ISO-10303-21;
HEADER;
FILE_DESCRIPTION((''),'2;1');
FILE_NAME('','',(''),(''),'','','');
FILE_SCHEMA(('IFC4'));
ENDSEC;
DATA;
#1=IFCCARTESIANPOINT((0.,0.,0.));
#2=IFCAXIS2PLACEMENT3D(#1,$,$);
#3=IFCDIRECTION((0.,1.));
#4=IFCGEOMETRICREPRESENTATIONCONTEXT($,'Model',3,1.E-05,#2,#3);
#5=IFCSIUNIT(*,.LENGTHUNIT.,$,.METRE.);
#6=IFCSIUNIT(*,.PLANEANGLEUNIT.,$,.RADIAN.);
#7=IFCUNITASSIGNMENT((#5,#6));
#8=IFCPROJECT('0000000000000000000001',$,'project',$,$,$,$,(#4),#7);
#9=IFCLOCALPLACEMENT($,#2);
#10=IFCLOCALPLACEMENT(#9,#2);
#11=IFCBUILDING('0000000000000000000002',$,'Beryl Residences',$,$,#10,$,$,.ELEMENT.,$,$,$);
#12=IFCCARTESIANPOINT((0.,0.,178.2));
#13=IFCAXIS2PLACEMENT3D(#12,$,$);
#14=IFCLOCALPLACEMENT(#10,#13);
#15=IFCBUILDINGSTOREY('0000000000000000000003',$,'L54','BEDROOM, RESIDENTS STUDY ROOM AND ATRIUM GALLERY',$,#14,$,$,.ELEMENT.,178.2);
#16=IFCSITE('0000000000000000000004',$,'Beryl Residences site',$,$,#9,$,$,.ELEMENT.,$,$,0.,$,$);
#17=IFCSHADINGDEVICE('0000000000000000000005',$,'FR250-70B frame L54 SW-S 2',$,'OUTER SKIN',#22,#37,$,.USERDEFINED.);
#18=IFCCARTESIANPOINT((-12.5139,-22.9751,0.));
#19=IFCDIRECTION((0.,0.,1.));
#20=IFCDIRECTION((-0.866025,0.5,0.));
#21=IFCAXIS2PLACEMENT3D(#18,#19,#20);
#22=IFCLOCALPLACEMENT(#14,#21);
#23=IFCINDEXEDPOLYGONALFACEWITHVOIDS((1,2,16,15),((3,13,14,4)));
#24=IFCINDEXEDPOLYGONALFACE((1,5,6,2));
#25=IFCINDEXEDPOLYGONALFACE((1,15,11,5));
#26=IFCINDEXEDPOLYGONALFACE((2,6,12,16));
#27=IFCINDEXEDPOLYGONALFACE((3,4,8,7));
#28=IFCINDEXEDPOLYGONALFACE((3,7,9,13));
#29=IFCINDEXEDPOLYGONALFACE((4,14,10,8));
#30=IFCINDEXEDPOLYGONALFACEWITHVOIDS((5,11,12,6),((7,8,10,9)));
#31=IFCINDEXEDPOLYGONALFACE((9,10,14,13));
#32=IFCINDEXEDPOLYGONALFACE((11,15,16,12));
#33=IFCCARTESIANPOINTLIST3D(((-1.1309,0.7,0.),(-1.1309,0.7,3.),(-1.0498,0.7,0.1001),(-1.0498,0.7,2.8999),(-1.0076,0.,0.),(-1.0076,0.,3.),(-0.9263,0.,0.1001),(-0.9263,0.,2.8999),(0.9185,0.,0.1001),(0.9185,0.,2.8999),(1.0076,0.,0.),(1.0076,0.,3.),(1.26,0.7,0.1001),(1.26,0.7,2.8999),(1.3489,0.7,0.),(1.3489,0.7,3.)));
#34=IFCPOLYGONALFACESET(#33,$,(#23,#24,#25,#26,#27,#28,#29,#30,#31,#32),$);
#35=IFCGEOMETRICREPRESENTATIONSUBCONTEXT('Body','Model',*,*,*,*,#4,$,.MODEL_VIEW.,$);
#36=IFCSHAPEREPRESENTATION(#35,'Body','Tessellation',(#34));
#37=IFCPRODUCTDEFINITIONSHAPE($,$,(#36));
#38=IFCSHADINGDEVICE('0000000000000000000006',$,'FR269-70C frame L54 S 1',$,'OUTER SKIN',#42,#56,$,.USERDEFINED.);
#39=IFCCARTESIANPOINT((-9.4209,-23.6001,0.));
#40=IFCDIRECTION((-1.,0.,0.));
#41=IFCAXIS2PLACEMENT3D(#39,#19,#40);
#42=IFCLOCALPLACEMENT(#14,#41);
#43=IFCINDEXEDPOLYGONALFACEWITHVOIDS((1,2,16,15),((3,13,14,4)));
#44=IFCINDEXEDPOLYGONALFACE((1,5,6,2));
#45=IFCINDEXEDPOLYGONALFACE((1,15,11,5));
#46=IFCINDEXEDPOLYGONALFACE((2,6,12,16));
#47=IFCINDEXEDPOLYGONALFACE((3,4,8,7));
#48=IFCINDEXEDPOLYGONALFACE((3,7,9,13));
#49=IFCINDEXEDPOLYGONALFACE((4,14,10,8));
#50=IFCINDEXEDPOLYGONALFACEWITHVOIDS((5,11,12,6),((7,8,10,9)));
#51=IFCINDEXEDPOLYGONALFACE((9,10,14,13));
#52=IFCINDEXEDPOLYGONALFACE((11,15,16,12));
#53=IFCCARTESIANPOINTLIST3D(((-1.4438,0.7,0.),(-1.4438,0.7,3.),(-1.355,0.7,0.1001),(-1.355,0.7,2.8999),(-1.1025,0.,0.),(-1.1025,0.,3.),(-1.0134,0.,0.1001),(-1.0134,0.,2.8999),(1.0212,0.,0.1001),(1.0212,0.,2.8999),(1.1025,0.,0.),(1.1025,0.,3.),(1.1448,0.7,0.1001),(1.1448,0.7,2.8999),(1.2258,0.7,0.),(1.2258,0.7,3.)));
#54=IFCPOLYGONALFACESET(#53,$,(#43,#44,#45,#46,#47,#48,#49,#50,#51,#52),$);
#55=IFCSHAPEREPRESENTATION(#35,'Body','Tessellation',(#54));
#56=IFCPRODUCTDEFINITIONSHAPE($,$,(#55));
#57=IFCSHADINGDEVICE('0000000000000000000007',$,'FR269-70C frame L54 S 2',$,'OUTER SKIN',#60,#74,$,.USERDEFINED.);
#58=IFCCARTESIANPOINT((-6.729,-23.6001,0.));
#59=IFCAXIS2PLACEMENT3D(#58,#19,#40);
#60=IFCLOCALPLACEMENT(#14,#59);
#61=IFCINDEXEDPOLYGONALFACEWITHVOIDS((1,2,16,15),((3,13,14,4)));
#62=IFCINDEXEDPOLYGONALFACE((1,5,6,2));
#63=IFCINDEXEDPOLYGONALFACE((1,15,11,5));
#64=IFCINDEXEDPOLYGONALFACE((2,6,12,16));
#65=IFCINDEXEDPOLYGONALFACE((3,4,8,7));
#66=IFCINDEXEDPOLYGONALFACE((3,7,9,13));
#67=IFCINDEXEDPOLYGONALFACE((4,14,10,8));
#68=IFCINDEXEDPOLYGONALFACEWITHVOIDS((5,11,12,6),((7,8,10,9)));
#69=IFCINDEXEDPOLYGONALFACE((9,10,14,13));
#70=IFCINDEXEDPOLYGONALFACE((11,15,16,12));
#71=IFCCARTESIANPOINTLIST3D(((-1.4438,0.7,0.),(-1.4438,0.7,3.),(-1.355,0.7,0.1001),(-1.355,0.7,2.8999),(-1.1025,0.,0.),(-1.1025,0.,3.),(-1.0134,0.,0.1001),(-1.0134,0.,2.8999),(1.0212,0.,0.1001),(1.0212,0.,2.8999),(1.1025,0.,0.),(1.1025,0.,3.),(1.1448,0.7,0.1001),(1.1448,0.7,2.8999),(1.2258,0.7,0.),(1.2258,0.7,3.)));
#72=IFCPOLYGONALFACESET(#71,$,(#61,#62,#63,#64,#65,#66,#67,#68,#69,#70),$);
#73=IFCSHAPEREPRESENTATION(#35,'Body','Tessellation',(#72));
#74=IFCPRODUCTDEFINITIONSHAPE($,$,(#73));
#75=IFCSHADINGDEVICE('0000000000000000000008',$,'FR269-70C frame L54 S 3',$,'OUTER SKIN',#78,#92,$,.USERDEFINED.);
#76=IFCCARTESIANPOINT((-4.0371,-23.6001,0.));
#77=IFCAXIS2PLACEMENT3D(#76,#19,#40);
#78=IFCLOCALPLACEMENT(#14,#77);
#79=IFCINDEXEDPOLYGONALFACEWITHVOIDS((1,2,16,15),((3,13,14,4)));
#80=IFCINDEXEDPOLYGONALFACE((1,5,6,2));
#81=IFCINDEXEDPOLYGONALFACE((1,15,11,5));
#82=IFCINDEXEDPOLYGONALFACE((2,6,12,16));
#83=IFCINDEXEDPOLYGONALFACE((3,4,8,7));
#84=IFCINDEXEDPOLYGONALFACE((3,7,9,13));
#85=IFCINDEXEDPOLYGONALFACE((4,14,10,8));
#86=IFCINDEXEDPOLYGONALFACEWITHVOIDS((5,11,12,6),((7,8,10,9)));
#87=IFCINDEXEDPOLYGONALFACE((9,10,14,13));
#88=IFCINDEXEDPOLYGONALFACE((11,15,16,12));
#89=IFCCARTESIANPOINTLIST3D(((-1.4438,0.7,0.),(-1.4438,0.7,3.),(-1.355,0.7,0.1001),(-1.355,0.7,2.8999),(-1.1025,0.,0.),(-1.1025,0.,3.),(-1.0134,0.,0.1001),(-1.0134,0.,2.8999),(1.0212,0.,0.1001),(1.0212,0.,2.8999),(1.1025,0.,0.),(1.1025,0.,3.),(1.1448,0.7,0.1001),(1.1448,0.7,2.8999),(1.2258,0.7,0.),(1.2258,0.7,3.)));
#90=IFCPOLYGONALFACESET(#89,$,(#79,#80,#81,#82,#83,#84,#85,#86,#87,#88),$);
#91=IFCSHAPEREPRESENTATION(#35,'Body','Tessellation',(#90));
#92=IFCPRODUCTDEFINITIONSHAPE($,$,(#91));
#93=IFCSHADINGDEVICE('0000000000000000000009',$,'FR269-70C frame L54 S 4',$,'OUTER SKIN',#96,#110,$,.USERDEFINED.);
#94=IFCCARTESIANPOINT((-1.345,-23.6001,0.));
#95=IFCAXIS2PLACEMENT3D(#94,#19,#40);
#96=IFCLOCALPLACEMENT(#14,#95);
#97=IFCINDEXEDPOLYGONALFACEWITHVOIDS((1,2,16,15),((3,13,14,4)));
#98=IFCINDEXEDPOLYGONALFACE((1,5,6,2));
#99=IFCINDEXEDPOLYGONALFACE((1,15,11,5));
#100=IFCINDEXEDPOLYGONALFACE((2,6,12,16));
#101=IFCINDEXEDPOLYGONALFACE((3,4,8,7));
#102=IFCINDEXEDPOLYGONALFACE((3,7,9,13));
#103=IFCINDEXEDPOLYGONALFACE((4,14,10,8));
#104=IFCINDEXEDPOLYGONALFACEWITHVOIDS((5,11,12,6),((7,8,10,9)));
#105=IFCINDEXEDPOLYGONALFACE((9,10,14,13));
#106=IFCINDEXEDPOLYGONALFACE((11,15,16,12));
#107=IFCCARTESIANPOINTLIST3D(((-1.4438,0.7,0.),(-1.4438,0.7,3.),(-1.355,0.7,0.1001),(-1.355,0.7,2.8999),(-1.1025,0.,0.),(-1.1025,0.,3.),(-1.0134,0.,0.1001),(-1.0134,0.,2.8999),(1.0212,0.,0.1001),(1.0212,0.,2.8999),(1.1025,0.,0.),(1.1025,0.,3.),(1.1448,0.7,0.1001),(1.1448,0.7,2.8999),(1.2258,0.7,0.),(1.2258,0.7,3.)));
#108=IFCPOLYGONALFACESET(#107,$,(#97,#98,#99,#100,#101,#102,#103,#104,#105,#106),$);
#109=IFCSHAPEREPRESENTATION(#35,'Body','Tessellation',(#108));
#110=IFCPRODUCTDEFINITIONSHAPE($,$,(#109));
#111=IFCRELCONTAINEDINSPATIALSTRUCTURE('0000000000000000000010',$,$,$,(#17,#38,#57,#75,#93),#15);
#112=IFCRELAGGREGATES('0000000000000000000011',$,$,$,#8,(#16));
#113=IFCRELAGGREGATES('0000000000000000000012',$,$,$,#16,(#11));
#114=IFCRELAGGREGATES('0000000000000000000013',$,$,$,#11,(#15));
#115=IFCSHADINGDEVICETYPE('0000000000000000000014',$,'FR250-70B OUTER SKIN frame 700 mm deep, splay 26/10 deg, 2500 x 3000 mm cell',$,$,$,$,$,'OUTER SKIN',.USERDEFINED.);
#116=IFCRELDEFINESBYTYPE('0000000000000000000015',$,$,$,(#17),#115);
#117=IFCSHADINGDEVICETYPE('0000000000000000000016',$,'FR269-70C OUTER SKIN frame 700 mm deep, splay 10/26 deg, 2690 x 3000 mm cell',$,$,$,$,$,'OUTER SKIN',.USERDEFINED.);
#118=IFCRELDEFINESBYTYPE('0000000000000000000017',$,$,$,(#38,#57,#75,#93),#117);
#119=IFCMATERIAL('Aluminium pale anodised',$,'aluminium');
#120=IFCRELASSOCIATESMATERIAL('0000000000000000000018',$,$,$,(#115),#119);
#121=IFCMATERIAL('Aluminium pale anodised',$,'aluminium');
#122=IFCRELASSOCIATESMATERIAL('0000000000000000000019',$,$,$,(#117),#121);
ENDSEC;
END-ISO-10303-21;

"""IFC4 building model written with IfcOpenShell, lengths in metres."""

from ifc_helpers import new_model, entity, si_unit, direction, frame, origin, place, context, subcontext, project, spatial, source, transform, mapped, material, type_object, type_shapes, element, save


model = new_model("IFC4")

# Units and contexts
model_context = context("Model", 3, precision=1e-05, world=origin(), true_north=direction((0.0, 1.0)))
body_context = subcontext(model_context, "Body", "Model", "MODEL_VIEW")
ifc_project = project(units=[si_unit("LENGTHUNIT", "METRE"), si_unit("PLANEANGLEUNIT", "RADIAN")], contexts=[model_context])

# Site, building, storey
site_placement = place(None, origin())
site = spatial("IfcSite", under=ifc_project, at=site_placement, Name="Beryl Residences site", CompositionType="ELEMENT", RefElevation=0.0)
building_placement = place(site_placement, origin())
building = spatial("IfcBuilding", under=site, at=building_placement, Name="Beryl Residences", CompositionType="ELEMENT")
storey_placement = place(building_placement, frame((0.0, 0.0, 178.2)))
storey = spatial("IfcBuildingStorey", under=building, at=storey_placement, Name="L54", Description="BEDROOM, RESIDENTS STUDY ROOM AND ATRIUM GALLERY", CompositionType="ELEMENT", Elevation=178.2)

# Shading devices
ifc_material_1 = material(Name="Aluminium pale anodised", Category="aluminium")
shading_device_type_1 = type_object("IfcShadingDeviceType", Name="FR250-70B OUTER SKIN frame 700 mm deep, splay 26/10 deg, 2500 x 3000 mm cell", ElementType="OUTER SKIN", PredefinedType="USERDEFINED", material=ifc_material_1)
cartesian_point_1 = entity("IfcCartesianPoint", [-1.0076, 0.0])
cartesian_point_2 = entity("IfcCartesianPoint", [-0.9185, 0.1001])
cartesian_point_3 = entity("IfcCartesianPoint", [-1.3489, 0.0])
cartesian_point_4 = entity("IfcCartesianPoint", [-1.26, 0.1001])
shared_shape_1 = source(origin(), body_context, "Body", "SweptSolid", [
    entity("IfcExtrudedAreaSolidTapered", entity("IfcArbitraryProfileDefWithVoids", "AREA", None, entity("IfcPolyline", [cartesian_point_1, entity("IfcCartesianPoint", [1.0076, 0.0]), entity("IfcCartesianPoint", [1.0076, 3.0]), entity("IfcCartesianPoint", [-1.0076, 3.0]), cartesian_point_1]), [entity("IfcPolyline", [cartesian_point_2, entity("IfcCartesianPoint", [0.9263, 0.1001]), entity("IfcCartesianPoint", [0.9263, 2.8999]), entity("IfcCartesianPoint", [-0.9185, 2.8999]), cartesian_point_2])]), entity("IfcAxis2Placement3D", entity("IfcCartesianPoint", [0.0, 0.0, 0.0]), entity("IfcDirection", [0.0, 1.0, 0.0]), entity("IfcDirection", [-1.0, 0.0, 0.0])), entity("IfcDirection", [0.0, 0.0, 1.0]), 0.7, entity("IfcArbitraryProfileDefWithVoids", "AREA", None, entity("IfcPolyline", [cartesian_point_3, entity("IfcCartesianPoint", [1.1309, 0.0]), entity("IfcCartesianPoint", [1.1309, 3.0]), entity("IfcCartesianPoint", [-1.3489, 3.0]), cartesian_point_3]), [entity("IfcPolyline", [cartesian_point_4, entity("IfcCartesianPoint", [1.0498, 0.1001]), entity("IfcCartesianPoint", [1.0498, 2.8999]), entity("IfcCartesianPoint", [-1.26, 2.8999]), cartesian_point_4])])),
])
type_shapes(shading_device_type_1, [shared_shape_1])
shading_device_placement = place(storey_placement, frame((-12.5139, -22.9751, 0.0), z_axis=(0.0, 0.0, 1.0), x_axis=(-0.866025, 0.5, 0.0)))
element("IfcShadingDevice", 1, at=shading_device_placement, inside=storey, type_object=shading_device_type_1, Name="FR250-70B frame L54 SW-S 2", ObjectType="OUTER SKIN", PredefinedType="USERDEFINED", context=body_context, shape_type="MappedRepresentation", body=[
    mapped(shared_shape_1, transform((0.0, 0.0, 0.0))),
])
ifc_material_2 = material(Name="Aluminium pale anodised", Category="aluminium")
shading_device_type_2 = type_object("IfcShadingDeviceType", Name="FR269-70C OUTER SKIN frame 700 mm deep, splay 10/26 deg, 2690 x 3000 mm cell", ElementType="OUTER SKIN", PredefinedType="USERDEFINED", material=ifc_material_2)
cartesian_point_5 = entity("IfcCartesianPoint", [-1.1025, 0.0])
cartesian_point_6 = entity("IfcCartesianPoint", [-1.0212, 0.1001])
cartesian_point_7 = entity("IfcCartesianPoint", [-1.2258, 0.0])
cartesian_point_8 = entity("IfcCartesianPoint", [-1.1448, 0.1001])
shared_shape_2 = source(origin(), body_context, "Body", "SweptSolid", [
    entity("IfcExtrudedAreaSolidTapered", entity("IfcArbitraryProfileDefWithVoids", "AREA", None, entity("IfcPolyline", [cartesian_point_5, entity("IfcCartesianPoint", [1.1025, 0.0]), entity("IfcCartesianPoint", [1.1025, 3.0]), entity("IfcCartesianPoint", [-1.1025, 3.0]), cartesian_point_5]), [entity("IfcPolyline", [cartesian_point_6, entity("IfcCartesianPoint", [1.0134, 0.1001]), entity("IfcCartesianPoint", [1.0134, 2.8999]), entity("IfcCartesianPoint", [-1.0212, 2.8999]), cartesian_point_6])]), entity("IfcAxis2Placement3D", entity("IfcCartesianPoint", [0.0, 0.0, 0.0]), entity("IfcDirection", [0.0, 1.0, 0.0]), entity("IfcDirection", [-1.0, 0.0, 0.0])), entity("IfcDirection", [0.0, 0.0, 1.0]), 0.7, entity("IfcArbitraryProfileDefWithVoids", "AREA", None, entity("IfcPolyline", [cartesian_point_7, entity("IfcCartesianPoint", [1.4438, 0.0]), entity("IfcCartesianPoint", [1.4438, 3.0]), entity("IfcCartesianPoint", [-1.2258, 3.0]), cartesian_point_7]), [entity("IfcPolyline", [cartesian_point_8, entity("IfcCartesianPoint", [1.355, 0.1001]), entity("IfcCartesianPoint", [1.355, 2.8999]), entity("IfcCartesianPoint", [-1.1448, 2.8999]), cartesian_point_8])])),
])
type_shapes(shading_device_type_2, [shared_shape_2])
for number, where, z_axis, x_axis, name in (
    (2, (-9.4209, -23.6001, 0.0), (0.0, 0.0, 1.0), (-1.0, 0.0, 0.0), "FR269-70C frame L54 S 1"),
    (3, (-6.729, -23.6001, 0.0), (0.0, 0.0, 1.0), (-1.0, 0.0, 0.0), "FR269-70C frame L54 S 2"),
    (4, (-4.0371, -23.6001, 0.0), (0.0, 0.0, 1.0), (-1.0, 0.0, 0.0), "FR269-70C frame L54 S 3"),
    (5, (-1.345, -23.6001, 0.0), (0.0, 0.0, 1.0), (-1.0, 0.0, 0.0), "FR269-70C frame L54 S 4"),
):
    element("IfcShadingDevice", number, at=place(storey_placement, frame(where, z_axis=z_axis, x_axis=x_axis)), inside=storey, type_object=shading_device_type_2, Name=name, ObjectType="OUTER SKIN", PredefinedType="USERDEFINED", context=body_context, shape_type="MappedRepresentation", body=[
        mapped(shared_shape_2, transform((0.0, 0.0, 0.0))),
    ])

save(model, "model.ifc")
